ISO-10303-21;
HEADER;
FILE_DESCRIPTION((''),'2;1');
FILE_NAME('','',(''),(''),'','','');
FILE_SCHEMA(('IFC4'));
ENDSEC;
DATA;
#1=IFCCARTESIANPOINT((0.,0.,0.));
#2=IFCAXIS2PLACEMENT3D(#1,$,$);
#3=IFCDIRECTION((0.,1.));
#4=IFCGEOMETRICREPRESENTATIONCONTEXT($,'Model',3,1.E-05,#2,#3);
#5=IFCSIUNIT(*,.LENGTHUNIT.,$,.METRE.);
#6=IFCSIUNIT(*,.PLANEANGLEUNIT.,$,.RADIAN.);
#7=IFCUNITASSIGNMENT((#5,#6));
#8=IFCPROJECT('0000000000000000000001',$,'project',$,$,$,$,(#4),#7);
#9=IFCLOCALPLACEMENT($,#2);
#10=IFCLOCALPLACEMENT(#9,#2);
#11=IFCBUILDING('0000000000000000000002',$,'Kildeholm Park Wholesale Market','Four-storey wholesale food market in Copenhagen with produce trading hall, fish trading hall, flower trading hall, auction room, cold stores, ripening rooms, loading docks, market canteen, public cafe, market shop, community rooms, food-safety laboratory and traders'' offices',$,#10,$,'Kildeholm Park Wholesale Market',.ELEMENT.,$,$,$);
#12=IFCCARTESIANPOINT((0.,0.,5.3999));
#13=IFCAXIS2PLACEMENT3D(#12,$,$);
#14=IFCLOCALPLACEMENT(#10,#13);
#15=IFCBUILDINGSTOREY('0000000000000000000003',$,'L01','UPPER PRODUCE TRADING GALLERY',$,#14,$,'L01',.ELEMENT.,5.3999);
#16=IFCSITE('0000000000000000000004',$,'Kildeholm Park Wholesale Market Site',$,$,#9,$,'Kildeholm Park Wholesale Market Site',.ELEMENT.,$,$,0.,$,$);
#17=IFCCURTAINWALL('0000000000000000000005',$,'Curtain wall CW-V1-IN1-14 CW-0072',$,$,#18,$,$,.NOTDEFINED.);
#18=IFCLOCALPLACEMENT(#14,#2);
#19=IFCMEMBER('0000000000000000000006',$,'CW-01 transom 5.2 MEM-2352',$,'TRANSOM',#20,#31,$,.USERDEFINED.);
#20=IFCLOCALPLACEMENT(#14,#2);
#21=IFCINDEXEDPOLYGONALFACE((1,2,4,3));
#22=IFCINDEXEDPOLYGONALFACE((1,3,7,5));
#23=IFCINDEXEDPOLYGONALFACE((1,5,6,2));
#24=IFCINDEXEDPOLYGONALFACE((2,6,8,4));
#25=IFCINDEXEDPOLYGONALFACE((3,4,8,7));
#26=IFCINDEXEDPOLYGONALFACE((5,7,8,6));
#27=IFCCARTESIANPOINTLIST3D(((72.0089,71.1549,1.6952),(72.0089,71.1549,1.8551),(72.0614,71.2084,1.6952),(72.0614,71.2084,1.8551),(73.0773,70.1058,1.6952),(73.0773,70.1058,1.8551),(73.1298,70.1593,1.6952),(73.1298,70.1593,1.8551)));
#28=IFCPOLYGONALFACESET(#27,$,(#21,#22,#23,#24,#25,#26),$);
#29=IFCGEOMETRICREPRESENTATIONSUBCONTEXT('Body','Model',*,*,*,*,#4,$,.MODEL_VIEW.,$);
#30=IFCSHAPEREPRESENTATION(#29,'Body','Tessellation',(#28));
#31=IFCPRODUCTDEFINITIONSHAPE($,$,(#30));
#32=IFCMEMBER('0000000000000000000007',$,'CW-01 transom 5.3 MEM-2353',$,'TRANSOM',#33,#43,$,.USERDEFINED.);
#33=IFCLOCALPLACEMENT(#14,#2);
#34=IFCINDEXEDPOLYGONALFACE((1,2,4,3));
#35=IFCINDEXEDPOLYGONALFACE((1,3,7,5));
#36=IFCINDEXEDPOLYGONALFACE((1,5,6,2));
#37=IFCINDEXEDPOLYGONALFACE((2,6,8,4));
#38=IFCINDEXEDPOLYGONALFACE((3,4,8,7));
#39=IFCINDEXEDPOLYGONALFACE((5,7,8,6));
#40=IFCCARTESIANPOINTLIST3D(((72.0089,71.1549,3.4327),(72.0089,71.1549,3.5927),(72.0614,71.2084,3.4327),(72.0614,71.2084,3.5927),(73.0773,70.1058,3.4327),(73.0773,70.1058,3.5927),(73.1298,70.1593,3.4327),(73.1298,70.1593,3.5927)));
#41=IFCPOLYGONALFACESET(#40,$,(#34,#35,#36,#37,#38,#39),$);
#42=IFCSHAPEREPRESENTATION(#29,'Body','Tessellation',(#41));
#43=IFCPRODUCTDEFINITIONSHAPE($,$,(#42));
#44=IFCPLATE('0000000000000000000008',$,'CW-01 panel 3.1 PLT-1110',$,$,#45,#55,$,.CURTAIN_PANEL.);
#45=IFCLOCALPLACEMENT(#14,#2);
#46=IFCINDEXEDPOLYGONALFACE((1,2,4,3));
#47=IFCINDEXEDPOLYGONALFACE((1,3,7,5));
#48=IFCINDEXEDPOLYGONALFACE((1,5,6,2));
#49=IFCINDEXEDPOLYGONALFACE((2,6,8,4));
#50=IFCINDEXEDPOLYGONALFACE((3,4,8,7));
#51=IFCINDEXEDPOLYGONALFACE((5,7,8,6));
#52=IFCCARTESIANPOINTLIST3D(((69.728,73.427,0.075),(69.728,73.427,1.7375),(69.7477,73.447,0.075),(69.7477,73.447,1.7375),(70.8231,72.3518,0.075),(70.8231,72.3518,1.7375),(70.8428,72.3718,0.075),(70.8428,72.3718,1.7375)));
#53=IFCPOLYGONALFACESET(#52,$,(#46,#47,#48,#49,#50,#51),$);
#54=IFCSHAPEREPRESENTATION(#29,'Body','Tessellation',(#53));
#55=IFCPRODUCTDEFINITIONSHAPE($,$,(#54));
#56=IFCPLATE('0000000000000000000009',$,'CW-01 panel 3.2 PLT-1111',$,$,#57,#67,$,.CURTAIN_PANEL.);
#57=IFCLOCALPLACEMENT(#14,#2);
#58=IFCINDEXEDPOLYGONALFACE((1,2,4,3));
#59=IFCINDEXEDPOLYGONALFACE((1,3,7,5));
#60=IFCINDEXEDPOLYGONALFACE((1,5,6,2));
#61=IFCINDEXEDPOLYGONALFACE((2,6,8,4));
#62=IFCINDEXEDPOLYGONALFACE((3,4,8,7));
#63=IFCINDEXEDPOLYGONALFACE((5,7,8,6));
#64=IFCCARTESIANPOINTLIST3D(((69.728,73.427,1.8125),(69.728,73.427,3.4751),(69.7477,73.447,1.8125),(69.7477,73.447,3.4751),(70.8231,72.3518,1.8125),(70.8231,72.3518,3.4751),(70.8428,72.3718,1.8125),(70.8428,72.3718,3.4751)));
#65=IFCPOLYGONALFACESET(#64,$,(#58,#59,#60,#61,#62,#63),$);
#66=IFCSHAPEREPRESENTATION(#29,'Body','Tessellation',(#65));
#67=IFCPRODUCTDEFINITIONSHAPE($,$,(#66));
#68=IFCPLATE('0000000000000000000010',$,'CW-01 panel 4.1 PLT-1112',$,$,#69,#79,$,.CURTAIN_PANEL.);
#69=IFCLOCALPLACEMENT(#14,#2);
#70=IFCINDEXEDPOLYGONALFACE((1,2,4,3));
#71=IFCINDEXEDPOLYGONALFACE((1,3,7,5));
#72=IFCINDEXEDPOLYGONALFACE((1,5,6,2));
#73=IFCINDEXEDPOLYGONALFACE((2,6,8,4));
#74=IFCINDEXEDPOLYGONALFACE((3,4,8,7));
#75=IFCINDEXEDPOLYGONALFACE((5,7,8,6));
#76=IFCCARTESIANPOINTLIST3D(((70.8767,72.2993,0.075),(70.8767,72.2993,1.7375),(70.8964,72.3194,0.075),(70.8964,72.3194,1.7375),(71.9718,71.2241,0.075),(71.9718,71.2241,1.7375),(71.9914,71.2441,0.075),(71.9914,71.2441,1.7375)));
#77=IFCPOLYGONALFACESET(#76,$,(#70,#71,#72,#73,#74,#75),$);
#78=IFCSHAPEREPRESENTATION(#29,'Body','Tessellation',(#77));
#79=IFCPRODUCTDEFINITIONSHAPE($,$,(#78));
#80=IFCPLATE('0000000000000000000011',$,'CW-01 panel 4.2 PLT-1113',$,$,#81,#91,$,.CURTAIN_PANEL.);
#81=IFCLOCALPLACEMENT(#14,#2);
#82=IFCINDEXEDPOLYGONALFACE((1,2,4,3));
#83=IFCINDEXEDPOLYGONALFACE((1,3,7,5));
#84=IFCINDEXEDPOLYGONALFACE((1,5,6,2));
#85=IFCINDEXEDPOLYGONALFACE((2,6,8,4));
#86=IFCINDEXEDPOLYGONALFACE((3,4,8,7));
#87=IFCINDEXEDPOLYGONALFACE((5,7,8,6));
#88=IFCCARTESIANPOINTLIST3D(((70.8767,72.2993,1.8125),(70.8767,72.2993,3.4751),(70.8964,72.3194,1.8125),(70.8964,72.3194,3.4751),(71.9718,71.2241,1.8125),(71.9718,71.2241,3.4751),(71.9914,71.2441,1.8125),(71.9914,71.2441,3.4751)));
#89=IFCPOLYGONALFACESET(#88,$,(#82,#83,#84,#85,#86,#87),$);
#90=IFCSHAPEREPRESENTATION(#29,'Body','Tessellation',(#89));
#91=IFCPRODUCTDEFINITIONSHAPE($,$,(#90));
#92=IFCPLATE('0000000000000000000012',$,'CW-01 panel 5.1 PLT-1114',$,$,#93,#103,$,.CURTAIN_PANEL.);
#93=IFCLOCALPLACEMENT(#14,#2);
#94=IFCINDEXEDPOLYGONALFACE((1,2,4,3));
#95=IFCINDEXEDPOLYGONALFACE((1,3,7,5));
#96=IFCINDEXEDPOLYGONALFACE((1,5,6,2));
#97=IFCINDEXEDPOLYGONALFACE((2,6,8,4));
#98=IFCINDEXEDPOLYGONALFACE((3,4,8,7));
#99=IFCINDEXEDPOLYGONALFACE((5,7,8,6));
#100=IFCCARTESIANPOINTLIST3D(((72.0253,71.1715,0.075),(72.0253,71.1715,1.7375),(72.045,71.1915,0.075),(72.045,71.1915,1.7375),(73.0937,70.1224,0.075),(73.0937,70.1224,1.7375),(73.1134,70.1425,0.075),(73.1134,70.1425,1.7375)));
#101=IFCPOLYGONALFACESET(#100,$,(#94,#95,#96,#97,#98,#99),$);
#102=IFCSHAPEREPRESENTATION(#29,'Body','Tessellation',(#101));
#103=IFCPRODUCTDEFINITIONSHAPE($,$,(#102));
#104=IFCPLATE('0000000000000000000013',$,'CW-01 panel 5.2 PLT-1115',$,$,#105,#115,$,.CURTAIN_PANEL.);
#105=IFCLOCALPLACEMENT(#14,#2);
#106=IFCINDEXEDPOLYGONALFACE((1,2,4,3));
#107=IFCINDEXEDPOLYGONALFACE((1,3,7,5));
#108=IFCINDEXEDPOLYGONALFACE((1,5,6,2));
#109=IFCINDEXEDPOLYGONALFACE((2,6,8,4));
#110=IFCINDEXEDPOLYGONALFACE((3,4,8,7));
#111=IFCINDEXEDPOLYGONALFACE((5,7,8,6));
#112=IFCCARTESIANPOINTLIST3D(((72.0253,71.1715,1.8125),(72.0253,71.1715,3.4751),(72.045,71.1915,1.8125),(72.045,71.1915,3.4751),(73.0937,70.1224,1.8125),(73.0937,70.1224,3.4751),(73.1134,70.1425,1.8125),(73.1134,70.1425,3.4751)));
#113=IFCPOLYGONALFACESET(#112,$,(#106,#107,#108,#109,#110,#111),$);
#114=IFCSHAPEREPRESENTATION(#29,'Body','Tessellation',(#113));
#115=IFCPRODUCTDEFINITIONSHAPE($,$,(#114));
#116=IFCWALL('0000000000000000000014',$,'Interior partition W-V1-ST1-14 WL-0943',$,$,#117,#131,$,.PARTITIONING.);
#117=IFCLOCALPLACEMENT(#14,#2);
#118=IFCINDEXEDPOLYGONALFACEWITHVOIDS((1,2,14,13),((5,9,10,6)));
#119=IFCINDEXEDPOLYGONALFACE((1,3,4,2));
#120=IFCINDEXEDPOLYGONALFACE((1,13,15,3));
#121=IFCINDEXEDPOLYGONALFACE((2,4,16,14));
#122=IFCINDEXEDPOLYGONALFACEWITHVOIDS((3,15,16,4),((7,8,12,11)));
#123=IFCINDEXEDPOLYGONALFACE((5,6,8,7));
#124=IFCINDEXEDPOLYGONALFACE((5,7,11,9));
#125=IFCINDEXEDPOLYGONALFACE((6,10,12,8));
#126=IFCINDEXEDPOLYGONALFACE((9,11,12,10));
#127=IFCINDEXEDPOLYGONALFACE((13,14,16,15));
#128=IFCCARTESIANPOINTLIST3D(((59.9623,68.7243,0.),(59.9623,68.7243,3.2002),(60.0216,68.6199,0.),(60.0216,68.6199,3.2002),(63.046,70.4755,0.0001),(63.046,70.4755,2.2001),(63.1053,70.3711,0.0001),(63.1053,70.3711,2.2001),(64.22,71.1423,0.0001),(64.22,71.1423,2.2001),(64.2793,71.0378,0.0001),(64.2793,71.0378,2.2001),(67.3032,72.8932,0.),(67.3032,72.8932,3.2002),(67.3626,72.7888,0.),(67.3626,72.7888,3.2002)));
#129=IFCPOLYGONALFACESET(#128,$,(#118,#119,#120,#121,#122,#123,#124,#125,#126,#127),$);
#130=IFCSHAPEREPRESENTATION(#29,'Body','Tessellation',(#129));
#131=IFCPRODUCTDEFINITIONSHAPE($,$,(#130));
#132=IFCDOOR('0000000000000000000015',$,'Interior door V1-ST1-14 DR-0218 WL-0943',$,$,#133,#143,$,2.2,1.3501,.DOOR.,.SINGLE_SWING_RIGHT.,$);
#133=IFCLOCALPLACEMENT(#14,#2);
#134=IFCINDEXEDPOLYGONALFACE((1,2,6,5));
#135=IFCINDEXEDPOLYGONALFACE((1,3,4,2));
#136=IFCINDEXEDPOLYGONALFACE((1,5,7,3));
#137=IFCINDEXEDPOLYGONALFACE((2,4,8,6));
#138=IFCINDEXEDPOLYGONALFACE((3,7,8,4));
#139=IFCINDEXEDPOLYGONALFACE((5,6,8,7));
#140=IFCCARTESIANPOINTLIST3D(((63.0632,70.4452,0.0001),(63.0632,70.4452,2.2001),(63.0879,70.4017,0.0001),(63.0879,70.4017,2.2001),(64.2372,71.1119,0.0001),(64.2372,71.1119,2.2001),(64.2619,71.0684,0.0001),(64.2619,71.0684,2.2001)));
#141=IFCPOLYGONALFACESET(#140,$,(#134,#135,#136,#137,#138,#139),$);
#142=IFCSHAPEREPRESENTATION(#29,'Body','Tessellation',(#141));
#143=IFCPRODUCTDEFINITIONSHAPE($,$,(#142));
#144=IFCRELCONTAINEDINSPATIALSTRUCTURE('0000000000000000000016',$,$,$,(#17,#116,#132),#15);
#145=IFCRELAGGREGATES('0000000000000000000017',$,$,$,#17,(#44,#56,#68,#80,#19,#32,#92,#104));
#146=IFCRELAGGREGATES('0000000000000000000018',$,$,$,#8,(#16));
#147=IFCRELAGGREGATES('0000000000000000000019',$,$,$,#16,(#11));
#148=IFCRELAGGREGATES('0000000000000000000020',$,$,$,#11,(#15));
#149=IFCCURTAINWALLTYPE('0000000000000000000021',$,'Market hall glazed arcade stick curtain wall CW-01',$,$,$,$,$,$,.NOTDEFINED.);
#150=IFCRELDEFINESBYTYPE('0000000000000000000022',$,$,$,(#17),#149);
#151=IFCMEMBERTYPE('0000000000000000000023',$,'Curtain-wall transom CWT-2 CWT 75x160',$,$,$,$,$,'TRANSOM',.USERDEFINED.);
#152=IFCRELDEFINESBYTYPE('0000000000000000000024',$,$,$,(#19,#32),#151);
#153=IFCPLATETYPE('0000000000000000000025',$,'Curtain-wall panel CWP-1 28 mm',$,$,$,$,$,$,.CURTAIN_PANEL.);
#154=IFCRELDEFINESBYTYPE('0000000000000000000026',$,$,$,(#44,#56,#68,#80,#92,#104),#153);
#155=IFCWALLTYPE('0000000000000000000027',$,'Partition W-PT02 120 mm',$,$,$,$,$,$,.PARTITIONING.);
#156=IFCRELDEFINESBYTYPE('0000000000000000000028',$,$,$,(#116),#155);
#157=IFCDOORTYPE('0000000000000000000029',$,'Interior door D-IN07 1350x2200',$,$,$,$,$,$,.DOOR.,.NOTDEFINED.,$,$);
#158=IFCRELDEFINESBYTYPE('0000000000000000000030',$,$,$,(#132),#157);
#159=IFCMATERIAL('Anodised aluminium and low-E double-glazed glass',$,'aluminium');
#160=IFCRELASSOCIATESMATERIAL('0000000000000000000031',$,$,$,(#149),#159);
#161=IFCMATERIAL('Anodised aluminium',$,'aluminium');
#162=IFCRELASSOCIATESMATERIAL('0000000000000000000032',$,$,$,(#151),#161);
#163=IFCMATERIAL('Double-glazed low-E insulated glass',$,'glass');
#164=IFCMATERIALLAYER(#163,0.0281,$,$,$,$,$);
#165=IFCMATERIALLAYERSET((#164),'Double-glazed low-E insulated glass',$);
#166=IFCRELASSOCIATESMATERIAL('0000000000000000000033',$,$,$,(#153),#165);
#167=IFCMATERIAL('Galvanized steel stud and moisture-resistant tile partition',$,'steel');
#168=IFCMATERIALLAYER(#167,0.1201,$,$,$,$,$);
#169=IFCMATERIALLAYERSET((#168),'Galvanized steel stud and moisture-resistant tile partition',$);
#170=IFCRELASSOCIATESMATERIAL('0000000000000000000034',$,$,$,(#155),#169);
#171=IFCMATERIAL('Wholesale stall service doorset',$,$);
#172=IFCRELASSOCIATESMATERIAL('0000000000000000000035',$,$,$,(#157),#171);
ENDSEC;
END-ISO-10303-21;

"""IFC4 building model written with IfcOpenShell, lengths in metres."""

from ifc_helpers import new_model, si_unit, direction, frame, frame_2d, origin, origin_2d, place, context, subcontext, project, spatial, rectangle, extrude, material, layer, layer_set, material_profile, profile_set, type_object, element, fill, aggregate, save


model = new_model("IFC4")

# Units and contexts
model_context = context("Model", 3, precision=1e-05, world=origin(), true_north=direction((0.0, 1.0)))
body_context = subcontext(model_context, "Body", "Model", "MODEL_VIEW")
ifc_project = project(units=[si_unit("LENGTHUNIT", "METRE"), si_unit("PLANEANGLEUNIT", "RADIAN")], contexts=[model_context])

# Site, building, storey
site_placement = place(None, origin())
site = spatial("IfcSite", under=ifc_project, at=site_placement, Name="Kildeholm Park Wholesale Market Site", LongName="Kildeholm Park Wholesale Market Site", CompositionType="ELEMENT", RefElevation=0.0)
building_placement = place(site_placement, origin())
building = spatial("IfcBuilding", under=site, at=building_placement, Name="Kildeholm Park Wholesale Market", Description="Four-storey wholesale food market in Copenhagen with produce trading hall, fish trading hall, flower trading hall, auction room, cold stores, ripening rooms, loading docks, market canteen, public cafe, market shop, community rooms, food-safety laboratory and traders' offices", LongName="Kildeholm Park Wholesale Market", CompositionType="ELEMENT")
storey_placement = place(building_placement, frame((0.0, 0.0, 5.3999)))
storey = spatial("IfcBuildingStorey", under=building, at=storey_placement, Name="L01", Description="UPPER PRODUCE TRADING GALLERY", LongName="L01", CompositionType="ELEMENT", Elevation=5.3999)

# Curtain wall, members, plates
ifc_material_1 = material(Name="Anodised aluminium and low-E double-glazed glass", Category="aluminium")
curtain_wall_type = type_object("IfcCurtainWallType", Name="Market hall glazed arcade stick curtain wall CW-01", PredefinedType="NOTDEFINED", material=ifc_material_1)
curtain_wall_placement = place(storey_placement, origin())
curtain_wall = element("IfcCurtainWall", 1, at=curtain_wall_placement, inside=storey, type_object=curtain_wall_type, Name="Curtain wall CW-V1-IN1-14 CW-0072", PredefinedType="NOTDEFINED")
ifc_material_2 = material(Name="Anodised aluminium", Category="aluminium")
ifc_material_profile_1 = material_profile(ifc_material_2, rectangle(XDim=0.075, YDim=0.1599, at=origin_2d()), Name="CWT 75x160")
ifc_profile_set_1 = profile_set([ifc_material_profile_1], Name="Anodised aluminium")
member_type_1 = type_object("IfcMemberType", Name="Curtain-wall transom CWT-2 CWT 75x160", ElementType="TRANSOM", PredefinedType="USERDEFINED", material=ifc_profile_set_1)
member_1_placement = place(storey_placement, frame((72.0352, 71.1816, 1.7751), z_axis=(0.713518, -0.700637, 0.0), x_axis=(0.700637, 0.713518, 0.0)))
member_1 = element("IfcMember", 2, at=member_1_placement, type_object=member_type_1, Name="CW-01 transom 5.2 MEM-2352", ObjectType="TRANSOM", PredefinedType="USERDEFINED", context=body_context, shape_type="SweptSolid", body=[
    extrude(rectangle(XDim=0.075, YDim=0.1599, at=origin_2d()), origin(), (0.0, 0.0, 1.0), 1.4973),
])
member_2_placement = place(storey_placement, frame((72.0352, 71.1816, 3.5127), z_axis=(0.713518, -0.700637, 0.0), x_axis=(0.700637, 0.713518, 0.0)))
member_2 = element("IfcMember", 3, at=member_2_placement, type_object=member_type_1, Name="CW-01 transom 5.3 MEM-2353", ObjectType="TRANSOM", PredefinedType="USERDEFINED", context=body_context, shape_type="SweptSolid", body=[
    extrude(rectangle(XDim=0.075, YDim=0.1599, at=origin_2d()), origin(), (0.0, 0.0, 1.0), 1.4973),
])
ifc_material_3 = material(Name="Double-glazed low-E insulated glass", Category="glass")
ifc_layer_1 = layer(ifc_material_3, 0.0281)
ifc_layer_set_1 = layer_set([ifc_layer_1], Name="Double-glazed low-E insulated glass")
plate_type = type_object("IfcPlateType", Name="Curtain-wall panel CWP-1 28 mm", PredefinedType="CURTAIN_PANEL", material=ifc_layer_set_1)
plate_1_placement = place(storey_placement, frame((70.2854, 72.8994, 0.075), z_axis=(0.0, 0.0, 1.0), x_axis=(0.713538, -0.700617, 0.0)))
plate_1 = element("IfcPlate", 4, at=plate_1_placement, type_object=plate_type, Name="CW-01 panel 3.1 PLT-1110", PredefinedType="CURTAIN_PANEL", context=body_context, shape_type="SweptSolid", body=[
    extrude(rectangle(XDim=1.5347, YDim=0.0281, at=origin_2d()), origin(), (0.0, 0.0, 1.0), 1.6626),
])
plate_2_placement = place(storey_placement, frame((70.2854, 72.8994, 1.8125), z_axis=(0.0, 0.0, 1.0), x_axis=(0.713538, -0.700617, 0.0)))
plate_2 = element("IfcPlate", 5, at=plate_2_placement, type_object=plate_type, Name="CW-01 panel 3.2 PLT-1111", PredefinedType="CURTAIN_PANEL", context=body_context, shape_type="SweptSolid", body=[
    extrude(rectangle(XDim=1.5347, YDim=0.0281, at=origin_2d()), origin(), (0.0, 0.0, 1.0), 1.6626),
])
plate_3_placement = place(storey_placement, frame((71.4341, 71.7717, 0.075), z_axis=(0.0, 0.0, 1.0), x_axis=(0.713538, -0.700617, 0.0)))
plate_3 = element("IfcPlate", 6, at=plate_3_placement, type_object=plate_type, Name="CW-01 panel 4.1 PLT-1112", PredefinedType="CURTAIN_PANEL", context=body_context, shape_type="SweptSolid", body=[
    extrude(rectangle(XDim=1.5347, YDim=0.0281, at=origin_2d()), origin(), (0.0, 0.0, 1.0), 1.6626),
])
plate_4_placement = place(storey_placement, frame((71.4341, 71.7717, 1.8125), z_axis=(0.0, 0.0, 1.0), x_axis=(0.713538, -0.700617, 0.0)))
plate_4 = element("IfcPlate", 7, at=plate_4_placement, type_object=plate_type, Name="CW-01 panel 4.2 PLT-1113", PredefinedType="CURTAIN_PANEL", context=body_context, shape_type="SweptSolid", body=[
    extrude(rectangle(XDim=1.5347, YDim=0.0281, at=origin_2d()), origin(), (0.0, 0.0, 1.0), 1.6626),
])
plate_5_placement = place(storey_placement, frame((72.5693, 70.657, 0.075), z_axis=(0.0, 0.0, 1.0), x_axis=(0.713538, -0.700617, 0.0)))
plate_5 = element("IfcPlate", 8, at=plate_5_placement, type_object=plate_type, Name="CW-01 panel 5.1 PLT-1114", PredefinedType="CURTAIN_PANEL", context=body_context, shape_type="SweptSolid", body=[
    extrude(rectangle(XDim=1.4973, YDim=0.0281, at=origin_2d()), origin(), (0.0, 0.0, 1.0), 1.6626),
])
plate_6_placement = place(storey_placement, frame((72.5693, 70.657, 1.8125), z_axis=(0.0, 0.0, 1.0), x_axis=(0.713538, -0.700617, 0.0)))
plate_6 = element("IfcPlate", 9, at=plate_6_placement, type_object=plate_type, Name="CW-01 panel 5.2 PLT-1115", PredefinedType="CURTAIN_PANEL", context=body_context, shape_type="SweptSolid", body=[
    extrude(rectangle(XDim=1.4973, YDim=0.0281, at=origin_2d()), origin(), (0.0, 0.0, 1.0), 1.6626),
])
aggregate(curtain_wall, [plate_1, plate_2, plate_3, plate_4, member_1, member_2, plate_5, plate_6])

# Wall, opening, door
ifc_material_4 = material(Name="Galvanized steel stud and moisture-resistant tile partition", Category="steel")
ifc_layer_2 = layer(ifc_material_4, 0.1201)
ifc_layer_set_2 = layer_set([ifc_layer_2], Name="Galvanized steel stud and moisture-resistant tile partition")
wall_type = type_object("IfcWallType", Name="Partition W-PT02 120 mm", PredefinedType="PARTITIONING", material=ifc_layer_set_2)
wall_placement = place(storey_placement, frame((67.333, 72.8411, 0.0), z_axis=(0.0, 0.0, 1.0), x_axis=(-0.869564, -0.49382, 0.0)))
wall = element("IfcWall", 10, at=wall_placement, inside=storey, type_object=wall_type, Name="Interior partition W-V1-ST1-14 WL-0943", PredefinedType="PARTITIONING", context=body_context, shape_type="SweptSolid", body=[
    extrude(rectangle(XDim=8.4421, YDim=0.1201, at=frame_2d((4.2212, 0.0))), origin(), (0.0, 0.0, 1.0), 3.2002),
])
opening_placement = place(wall_placement, frame((3.5459, 0.0, 0.0)))
opening = element("IfcOpeningElement", 11, at=opening_placement, cuts=wall, PredefinedType="OPENING", context=body_context, shape_type="SweptSolid", body=[
    extrude(rectangle(XDim=1.3501, YDim=2.2, at=frame_2d((0.675, 1.1001))), frame((0.0, 0.0701, 0.0), z_axis=(0.0, -1.0, 0.0), x_axis=(1.0, 0.0, 0.0)), (0.0, 0.0, 1.0), 0.1401),
])
ifc_material_5 = material(Name="Wholesale stall service doorset")
door_type = type_object("IfcDoorType", Name="Interior door D-IN07 1350x2200", OperationType="NOTDEFINED", PredefinedType="DOOR", material=ifc_material_5)
door_placement = place(opening_placement, origin())
door = element("IfcDoor", 12, at=door_placement, inside=storey, type_object=door_type, Name="Interior door V1-ST1-14 DR-0218 WL-0943", OperationType="SINGLE_SWING_RIGHT", OverallHeight=2.2, OverallWidth=1.3501, PredefinedType="DOOR", context=body_context, shape_type="SweptSolid", body=[
    extrude(rectangle(XDim=1.3501, YDim=2.2, at=frame_2d((0.675, 1.1001))), frame((0.0, 0.0249, 0.0), z_axis=(0.0, -1.0, 0.0), x_axis=(1.0, 0.0, 0.0)), (0.0, 0.0, 1.0), 0.05),
])
fill(opening, door)

save(model, "model.ifc")
